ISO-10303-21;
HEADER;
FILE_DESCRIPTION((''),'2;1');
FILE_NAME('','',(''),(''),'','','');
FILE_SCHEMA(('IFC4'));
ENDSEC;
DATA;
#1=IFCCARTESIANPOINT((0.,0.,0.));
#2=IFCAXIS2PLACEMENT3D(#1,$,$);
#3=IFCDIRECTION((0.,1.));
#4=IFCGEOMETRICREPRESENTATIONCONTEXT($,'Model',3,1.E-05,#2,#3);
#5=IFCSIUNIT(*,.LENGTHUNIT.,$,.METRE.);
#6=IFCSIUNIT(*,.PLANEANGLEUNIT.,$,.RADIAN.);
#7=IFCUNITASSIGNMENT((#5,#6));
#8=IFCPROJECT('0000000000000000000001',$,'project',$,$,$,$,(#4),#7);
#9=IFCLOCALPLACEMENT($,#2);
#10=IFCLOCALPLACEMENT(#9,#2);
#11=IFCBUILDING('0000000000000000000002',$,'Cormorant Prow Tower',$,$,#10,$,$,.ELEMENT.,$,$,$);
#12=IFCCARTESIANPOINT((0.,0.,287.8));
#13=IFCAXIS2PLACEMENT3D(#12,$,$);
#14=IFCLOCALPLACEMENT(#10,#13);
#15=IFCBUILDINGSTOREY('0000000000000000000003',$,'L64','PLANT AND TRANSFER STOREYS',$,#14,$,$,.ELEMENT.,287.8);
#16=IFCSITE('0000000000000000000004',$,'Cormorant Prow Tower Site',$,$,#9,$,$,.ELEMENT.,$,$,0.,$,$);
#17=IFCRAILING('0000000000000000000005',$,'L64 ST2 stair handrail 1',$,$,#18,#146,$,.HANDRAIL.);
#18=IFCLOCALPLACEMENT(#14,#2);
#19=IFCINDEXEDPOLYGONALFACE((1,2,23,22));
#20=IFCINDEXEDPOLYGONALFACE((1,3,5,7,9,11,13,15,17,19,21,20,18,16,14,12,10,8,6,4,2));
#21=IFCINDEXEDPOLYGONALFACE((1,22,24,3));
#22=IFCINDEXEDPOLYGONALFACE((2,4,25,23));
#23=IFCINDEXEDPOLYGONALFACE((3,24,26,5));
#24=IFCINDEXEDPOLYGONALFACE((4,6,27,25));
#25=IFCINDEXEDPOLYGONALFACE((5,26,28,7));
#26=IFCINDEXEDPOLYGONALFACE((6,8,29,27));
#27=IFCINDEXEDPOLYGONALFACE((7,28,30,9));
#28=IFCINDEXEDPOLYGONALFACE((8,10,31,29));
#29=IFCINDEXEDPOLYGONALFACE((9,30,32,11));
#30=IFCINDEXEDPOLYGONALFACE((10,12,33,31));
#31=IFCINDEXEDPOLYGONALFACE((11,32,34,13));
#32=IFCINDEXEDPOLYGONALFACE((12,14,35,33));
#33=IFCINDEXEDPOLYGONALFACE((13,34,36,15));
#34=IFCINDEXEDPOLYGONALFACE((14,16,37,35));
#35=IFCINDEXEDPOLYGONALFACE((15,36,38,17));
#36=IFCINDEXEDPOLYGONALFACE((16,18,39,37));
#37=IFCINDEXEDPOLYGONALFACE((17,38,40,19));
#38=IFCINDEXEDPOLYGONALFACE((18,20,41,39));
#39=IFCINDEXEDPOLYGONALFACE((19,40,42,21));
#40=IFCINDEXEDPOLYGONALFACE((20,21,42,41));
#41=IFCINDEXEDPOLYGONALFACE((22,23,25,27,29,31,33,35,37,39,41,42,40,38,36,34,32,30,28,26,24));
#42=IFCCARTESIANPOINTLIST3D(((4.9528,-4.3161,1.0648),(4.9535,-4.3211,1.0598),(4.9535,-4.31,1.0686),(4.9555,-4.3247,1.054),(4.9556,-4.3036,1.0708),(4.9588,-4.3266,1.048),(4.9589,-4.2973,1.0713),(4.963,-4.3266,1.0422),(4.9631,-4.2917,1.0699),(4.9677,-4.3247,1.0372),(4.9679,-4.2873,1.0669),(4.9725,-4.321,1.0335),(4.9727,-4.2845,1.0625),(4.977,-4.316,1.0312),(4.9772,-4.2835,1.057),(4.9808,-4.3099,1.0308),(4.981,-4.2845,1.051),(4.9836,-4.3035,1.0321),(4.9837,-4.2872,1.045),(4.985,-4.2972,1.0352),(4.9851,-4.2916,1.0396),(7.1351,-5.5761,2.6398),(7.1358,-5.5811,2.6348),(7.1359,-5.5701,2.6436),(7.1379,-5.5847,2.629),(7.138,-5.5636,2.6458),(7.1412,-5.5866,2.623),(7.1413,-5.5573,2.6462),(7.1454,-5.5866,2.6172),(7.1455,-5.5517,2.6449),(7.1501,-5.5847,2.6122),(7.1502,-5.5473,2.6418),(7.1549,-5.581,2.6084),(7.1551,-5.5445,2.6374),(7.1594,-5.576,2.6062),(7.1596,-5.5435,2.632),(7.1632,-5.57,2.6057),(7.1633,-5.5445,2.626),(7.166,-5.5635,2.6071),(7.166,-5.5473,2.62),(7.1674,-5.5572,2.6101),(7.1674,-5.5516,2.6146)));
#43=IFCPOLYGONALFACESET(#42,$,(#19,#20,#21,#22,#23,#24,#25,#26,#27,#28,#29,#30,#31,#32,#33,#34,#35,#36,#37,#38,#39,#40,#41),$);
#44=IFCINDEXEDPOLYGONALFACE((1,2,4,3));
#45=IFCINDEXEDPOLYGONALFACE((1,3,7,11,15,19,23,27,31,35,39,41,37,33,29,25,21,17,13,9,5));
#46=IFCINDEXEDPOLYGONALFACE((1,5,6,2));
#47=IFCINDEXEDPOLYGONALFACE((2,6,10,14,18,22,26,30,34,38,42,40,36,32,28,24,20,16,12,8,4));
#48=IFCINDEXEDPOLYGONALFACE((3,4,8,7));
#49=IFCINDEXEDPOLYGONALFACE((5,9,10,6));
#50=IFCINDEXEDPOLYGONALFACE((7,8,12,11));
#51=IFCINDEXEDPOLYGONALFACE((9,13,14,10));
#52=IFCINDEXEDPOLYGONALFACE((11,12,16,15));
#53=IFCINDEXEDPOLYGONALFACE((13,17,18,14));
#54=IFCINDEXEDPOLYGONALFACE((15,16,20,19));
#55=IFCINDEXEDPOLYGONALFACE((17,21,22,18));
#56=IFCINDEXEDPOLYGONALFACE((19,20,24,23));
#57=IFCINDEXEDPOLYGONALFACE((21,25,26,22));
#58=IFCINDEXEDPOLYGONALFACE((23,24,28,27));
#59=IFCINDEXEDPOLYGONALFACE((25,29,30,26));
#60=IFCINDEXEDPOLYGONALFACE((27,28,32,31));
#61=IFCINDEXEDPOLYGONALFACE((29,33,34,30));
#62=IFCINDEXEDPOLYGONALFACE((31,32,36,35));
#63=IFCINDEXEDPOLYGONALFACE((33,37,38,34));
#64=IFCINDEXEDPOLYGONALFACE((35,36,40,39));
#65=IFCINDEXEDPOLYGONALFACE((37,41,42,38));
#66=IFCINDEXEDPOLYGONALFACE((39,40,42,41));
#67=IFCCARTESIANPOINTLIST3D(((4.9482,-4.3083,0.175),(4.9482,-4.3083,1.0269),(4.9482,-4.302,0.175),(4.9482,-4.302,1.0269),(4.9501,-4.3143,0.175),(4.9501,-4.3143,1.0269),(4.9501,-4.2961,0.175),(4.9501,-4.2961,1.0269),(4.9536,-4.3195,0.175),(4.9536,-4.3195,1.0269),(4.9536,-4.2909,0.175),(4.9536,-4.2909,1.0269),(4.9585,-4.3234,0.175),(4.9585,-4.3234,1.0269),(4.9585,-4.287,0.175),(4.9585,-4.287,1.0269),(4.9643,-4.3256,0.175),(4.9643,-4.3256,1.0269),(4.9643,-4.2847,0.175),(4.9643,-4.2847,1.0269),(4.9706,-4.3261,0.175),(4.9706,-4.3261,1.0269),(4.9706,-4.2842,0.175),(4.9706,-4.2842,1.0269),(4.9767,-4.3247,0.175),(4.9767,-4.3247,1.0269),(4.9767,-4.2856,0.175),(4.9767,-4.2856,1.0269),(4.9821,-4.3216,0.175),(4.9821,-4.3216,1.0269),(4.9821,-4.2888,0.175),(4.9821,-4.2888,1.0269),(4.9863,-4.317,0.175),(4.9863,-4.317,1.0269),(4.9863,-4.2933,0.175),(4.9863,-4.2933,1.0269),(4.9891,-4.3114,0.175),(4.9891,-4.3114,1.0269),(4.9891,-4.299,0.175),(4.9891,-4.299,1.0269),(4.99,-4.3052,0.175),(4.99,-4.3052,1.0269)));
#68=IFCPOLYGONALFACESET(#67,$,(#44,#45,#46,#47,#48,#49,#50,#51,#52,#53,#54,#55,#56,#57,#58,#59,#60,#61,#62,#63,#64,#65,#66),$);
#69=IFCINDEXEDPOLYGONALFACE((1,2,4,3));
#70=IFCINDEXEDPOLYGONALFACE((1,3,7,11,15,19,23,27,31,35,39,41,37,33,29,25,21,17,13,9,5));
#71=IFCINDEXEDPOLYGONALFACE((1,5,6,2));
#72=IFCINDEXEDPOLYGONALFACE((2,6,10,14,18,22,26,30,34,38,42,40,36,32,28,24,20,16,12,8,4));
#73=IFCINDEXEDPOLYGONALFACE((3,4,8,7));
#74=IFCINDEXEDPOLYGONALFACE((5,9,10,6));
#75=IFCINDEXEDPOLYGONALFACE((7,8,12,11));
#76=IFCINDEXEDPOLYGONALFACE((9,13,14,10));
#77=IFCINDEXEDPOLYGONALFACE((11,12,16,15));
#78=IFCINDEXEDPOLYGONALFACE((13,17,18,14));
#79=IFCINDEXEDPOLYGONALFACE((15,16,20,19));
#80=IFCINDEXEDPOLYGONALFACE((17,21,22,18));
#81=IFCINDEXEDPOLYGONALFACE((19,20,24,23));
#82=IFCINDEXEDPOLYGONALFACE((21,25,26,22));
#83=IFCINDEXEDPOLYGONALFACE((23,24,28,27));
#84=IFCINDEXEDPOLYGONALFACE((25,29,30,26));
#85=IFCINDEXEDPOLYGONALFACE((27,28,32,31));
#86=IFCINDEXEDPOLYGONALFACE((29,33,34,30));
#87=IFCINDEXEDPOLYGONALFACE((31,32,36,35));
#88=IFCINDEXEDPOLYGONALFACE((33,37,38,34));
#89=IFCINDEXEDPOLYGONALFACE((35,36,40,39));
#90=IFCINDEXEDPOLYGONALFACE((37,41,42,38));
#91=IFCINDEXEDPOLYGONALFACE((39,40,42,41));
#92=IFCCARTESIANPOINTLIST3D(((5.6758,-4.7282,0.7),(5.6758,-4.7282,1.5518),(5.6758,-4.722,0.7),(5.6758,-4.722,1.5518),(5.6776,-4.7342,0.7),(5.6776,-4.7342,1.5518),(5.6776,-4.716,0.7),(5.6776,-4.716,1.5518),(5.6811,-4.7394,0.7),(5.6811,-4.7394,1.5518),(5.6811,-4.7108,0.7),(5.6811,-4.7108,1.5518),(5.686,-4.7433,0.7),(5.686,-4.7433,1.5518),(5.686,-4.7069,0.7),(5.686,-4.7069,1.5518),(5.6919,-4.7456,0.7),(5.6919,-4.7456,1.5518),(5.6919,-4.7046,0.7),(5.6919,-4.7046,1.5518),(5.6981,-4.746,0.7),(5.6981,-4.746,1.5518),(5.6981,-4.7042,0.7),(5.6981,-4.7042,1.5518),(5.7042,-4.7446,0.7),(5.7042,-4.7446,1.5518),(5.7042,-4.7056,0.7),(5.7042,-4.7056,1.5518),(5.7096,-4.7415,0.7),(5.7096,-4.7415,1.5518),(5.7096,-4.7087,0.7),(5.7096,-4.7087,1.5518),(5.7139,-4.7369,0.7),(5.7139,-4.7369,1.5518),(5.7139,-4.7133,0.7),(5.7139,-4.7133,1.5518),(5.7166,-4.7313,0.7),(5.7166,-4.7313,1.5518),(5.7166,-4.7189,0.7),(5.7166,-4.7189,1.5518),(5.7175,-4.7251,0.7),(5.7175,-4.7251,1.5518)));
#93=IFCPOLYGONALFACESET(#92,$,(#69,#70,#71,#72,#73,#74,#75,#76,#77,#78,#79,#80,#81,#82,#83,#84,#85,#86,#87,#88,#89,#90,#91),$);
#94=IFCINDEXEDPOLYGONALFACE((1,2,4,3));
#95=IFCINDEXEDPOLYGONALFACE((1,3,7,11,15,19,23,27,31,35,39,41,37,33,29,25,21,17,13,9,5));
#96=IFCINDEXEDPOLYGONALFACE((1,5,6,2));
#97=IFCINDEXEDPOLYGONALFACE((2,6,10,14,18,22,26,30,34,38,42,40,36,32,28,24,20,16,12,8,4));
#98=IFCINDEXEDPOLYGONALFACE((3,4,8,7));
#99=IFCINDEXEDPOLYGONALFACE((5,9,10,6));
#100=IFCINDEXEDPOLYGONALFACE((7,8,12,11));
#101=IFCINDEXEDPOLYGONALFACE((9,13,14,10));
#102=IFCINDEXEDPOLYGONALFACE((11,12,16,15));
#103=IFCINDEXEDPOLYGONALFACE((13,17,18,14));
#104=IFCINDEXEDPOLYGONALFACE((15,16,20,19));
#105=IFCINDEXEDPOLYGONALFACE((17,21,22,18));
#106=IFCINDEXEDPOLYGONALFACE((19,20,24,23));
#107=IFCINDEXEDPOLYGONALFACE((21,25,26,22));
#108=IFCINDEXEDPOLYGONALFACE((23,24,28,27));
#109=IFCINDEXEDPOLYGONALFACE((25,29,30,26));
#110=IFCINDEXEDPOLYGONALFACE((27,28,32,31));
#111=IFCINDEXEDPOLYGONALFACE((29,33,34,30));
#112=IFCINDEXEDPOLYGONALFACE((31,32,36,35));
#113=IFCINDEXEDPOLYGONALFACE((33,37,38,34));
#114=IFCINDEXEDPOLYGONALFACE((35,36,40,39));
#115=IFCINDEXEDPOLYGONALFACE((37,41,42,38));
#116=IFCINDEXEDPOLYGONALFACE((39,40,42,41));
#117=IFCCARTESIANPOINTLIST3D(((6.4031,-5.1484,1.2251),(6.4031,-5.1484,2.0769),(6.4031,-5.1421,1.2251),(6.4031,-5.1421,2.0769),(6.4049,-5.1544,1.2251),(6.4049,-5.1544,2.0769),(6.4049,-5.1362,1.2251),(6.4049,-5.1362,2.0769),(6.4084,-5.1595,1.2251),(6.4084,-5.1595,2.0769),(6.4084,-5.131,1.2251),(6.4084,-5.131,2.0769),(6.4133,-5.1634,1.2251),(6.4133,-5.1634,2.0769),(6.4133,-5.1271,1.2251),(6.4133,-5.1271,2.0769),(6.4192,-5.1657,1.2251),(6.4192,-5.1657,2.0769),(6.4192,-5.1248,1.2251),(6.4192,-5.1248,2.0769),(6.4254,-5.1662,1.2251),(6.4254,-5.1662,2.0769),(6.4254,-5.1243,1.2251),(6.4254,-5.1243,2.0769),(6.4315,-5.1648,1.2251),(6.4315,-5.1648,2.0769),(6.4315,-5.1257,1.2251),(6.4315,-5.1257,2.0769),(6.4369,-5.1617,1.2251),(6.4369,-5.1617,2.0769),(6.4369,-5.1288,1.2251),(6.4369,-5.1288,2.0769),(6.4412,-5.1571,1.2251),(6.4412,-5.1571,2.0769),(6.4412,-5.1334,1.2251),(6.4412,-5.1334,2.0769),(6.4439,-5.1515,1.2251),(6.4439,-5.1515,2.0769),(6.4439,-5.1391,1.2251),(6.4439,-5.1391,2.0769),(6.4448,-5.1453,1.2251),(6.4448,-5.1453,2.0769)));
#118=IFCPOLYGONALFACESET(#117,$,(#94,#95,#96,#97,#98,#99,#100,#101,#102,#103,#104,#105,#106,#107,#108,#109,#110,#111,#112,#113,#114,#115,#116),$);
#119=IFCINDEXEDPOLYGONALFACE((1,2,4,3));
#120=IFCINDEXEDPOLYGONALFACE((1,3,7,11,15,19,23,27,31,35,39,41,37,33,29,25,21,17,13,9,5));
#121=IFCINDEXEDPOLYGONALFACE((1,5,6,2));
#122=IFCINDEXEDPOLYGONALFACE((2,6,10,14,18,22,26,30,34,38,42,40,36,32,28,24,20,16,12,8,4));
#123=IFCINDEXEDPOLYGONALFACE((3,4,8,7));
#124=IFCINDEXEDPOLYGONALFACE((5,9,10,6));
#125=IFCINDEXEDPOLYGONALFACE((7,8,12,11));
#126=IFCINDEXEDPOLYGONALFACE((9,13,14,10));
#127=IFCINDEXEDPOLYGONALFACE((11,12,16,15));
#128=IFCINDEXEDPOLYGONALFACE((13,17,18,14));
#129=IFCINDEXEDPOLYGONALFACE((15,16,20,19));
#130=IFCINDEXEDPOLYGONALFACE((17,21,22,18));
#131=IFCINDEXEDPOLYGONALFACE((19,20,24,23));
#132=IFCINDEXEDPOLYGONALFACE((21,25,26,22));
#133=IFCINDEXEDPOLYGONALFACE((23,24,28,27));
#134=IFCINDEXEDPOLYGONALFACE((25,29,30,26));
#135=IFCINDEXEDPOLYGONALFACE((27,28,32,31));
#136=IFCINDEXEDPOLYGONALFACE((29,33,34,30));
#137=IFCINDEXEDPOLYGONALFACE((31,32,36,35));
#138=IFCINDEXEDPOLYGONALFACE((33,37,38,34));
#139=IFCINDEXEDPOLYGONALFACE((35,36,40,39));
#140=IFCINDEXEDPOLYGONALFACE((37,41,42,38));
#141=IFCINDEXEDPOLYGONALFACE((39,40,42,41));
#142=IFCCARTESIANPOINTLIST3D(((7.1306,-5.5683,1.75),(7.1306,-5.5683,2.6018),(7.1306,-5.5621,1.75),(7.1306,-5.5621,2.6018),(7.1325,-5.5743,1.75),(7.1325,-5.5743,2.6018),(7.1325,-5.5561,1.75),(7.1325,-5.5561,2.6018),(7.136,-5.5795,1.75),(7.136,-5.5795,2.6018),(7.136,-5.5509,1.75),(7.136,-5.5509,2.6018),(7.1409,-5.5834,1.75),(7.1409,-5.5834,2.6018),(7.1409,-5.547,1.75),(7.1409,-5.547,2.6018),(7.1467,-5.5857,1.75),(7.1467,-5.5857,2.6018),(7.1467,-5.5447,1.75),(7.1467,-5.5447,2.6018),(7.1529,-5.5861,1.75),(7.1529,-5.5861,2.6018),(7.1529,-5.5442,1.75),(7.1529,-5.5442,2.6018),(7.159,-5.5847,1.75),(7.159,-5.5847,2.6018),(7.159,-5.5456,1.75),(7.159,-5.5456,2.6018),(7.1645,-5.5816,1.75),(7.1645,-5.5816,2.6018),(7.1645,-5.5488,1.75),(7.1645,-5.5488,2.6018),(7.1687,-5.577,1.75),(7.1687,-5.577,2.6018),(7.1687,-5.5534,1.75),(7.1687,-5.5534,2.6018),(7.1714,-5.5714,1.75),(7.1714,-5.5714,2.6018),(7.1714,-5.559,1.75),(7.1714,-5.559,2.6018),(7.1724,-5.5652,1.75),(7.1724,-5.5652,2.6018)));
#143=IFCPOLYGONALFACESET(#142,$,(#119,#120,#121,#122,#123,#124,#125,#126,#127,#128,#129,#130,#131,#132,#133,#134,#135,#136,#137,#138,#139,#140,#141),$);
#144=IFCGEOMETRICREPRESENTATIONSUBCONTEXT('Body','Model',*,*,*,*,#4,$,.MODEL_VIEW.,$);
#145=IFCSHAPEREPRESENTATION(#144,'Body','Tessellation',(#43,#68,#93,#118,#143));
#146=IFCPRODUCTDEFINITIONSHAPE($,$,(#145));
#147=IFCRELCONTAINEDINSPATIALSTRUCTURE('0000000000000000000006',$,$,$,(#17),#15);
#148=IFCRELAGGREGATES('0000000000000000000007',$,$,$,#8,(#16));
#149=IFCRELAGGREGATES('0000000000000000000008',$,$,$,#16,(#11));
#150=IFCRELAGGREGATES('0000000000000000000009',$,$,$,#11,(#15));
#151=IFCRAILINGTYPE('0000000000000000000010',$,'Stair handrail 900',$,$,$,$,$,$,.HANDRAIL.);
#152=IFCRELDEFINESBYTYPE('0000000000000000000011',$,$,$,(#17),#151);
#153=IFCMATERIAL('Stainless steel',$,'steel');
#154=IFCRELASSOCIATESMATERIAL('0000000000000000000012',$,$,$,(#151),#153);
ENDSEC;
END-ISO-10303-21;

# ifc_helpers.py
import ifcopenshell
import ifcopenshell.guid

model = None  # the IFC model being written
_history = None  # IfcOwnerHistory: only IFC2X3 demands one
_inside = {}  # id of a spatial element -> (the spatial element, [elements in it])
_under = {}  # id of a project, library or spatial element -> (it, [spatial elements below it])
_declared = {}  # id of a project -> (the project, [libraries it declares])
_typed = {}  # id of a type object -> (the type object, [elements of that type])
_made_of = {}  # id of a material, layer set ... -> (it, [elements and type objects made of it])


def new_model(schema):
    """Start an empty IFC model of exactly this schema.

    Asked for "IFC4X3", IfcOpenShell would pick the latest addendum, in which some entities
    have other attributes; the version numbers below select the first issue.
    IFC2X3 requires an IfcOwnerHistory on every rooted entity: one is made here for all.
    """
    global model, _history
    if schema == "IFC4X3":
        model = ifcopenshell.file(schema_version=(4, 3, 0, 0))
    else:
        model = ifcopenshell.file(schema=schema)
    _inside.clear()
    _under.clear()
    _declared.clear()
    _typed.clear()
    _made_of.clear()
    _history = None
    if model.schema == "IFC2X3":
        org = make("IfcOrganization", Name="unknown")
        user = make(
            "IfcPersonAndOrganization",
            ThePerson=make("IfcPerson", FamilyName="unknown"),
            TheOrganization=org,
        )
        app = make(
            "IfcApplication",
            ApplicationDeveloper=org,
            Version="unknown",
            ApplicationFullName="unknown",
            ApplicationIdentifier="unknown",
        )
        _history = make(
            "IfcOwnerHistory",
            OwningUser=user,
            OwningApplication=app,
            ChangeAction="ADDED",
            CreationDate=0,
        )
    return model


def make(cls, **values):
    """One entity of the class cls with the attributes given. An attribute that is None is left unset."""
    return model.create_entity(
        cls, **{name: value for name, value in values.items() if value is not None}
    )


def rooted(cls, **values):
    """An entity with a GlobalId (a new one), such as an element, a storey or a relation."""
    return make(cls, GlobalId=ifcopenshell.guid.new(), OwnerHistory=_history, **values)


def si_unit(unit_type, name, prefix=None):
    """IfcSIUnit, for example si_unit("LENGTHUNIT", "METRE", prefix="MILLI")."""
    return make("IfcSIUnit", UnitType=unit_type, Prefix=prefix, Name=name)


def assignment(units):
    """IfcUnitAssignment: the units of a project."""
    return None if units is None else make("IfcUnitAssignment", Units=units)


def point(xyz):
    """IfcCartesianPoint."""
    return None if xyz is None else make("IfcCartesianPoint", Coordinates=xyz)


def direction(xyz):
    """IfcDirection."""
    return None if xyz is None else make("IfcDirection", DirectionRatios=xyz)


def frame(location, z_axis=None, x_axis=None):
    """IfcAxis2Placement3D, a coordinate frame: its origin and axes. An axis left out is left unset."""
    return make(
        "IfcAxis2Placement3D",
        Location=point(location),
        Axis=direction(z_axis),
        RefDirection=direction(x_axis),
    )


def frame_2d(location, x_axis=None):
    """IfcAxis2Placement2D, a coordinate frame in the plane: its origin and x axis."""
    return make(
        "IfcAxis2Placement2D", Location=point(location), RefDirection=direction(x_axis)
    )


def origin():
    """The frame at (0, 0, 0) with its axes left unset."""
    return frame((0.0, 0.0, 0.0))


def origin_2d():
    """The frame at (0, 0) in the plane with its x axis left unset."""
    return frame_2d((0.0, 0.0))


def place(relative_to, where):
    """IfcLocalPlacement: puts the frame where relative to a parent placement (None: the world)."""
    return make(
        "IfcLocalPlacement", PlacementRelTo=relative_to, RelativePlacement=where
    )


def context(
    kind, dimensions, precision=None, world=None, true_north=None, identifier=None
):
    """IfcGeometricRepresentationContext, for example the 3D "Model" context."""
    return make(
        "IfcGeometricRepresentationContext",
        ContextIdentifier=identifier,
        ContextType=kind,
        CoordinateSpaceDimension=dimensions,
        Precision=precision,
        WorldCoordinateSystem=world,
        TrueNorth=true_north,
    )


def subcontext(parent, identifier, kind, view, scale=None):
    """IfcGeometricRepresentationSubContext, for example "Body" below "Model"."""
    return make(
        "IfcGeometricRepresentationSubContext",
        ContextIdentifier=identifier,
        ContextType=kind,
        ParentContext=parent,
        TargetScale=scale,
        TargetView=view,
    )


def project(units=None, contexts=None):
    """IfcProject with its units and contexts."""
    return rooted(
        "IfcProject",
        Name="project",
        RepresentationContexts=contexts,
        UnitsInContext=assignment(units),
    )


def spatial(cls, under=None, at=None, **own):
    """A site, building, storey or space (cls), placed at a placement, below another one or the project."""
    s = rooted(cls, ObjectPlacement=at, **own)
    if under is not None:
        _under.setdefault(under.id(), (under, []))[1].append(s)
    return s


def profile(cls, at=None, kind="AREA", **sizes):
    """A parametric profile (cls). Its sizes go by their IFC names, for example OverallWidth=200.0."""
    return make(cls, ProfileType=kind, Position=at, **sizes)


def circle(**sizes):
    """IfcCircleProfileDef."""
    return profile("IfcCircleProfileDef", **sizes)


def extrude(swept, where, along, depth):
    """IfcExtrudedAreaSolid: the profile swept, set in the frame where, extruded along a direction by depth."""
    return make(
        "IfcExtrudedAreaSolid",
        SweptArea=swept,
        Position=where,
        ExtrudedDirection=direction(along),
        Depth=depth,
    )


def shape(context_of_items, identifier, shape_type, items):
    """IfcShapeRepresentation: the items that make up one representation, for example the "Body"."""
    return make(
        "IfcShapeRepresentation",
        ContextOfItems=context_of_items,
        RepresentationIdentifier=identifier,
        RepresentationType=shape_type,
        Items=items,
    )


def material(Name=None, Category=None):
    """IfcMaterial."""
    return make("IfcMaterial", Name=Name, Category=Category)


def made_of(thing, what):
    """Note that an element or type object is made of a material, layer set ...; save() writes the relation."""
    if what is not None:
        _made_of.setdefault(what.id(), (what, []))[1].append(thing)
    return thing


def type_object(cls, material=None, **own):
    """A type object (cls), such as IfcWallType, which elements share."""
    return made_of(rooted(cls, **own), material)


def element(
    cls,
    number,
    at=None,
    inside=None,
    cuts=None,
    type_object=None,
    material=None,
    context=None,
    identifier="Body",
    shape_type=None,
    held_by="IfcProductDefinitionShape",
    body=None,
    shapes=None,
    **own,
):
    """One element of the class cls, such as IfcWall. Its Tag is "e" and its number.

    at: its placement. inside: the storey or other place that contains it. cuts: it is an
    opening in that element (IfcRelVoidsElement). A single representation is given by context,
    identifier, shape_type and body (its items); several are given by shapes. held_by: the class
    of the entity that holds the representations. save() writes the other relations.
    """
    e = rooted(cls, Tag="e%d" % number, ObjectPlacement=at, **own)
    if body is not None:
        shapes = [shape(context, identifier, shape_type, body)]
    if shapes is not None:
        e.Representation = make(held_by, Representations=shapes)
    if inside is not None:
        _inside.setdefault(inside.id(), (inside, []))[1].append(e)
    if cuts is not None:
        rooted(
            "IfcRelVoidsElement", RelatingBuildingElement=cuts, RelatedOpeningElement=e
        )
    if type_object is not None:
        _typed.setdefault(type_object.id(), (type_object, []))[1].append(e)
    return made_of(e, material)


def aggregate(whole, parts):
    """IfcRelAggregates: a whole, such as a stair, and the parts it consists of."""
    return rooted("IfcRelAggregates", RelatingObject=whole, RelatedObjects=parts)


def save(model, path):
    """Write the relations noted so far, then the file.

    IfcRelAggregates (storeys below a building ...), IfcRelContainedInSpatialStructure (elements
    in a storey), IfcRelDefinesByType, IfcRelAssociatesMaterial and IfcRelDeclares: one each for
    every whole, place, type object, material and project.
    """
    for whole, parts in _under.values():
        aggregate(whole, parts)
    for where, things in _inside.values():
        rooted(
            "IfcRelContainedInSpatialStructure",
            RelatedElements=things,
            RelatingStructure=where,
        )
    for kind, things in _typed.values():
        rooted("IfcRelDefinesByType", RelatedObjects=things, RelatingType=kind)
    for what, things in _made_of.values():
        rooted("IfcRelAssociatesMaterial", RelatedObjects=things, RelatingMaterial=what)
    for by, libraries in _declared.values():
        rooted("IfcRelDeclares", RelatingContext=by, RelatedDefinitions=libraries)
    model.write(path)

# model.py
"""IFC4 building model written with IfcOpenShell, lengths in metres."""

from ifc_helpers import new_model, si_unit, direction, frame, origin, origin_2d, place, context, subcontext, project, spatial, circle, extrude, material, type_object, element, save


model = new_model("IFC4")

# Units and contexts
model_context = context("Model", 3, precision=1e-05, world=origin(), true_north=direction((0.0, 1.0)))
body_context = subcontext(model_context, "Body", "Model", "MODEL_VIEW")
ifc_project = project(units=[si_unit("LENGTHUNIT", "METRE"), si_unit("PLANEANGLEUNIT", "RADIAN")], contexts=[model_context])

# Site, building, storey
site_placement = place(None, origin())
site = spatial("IfcSite", under=ifc_project, at=site_placement, Name="Cormorant Prow Tower Site", CompositionType="ELEMENT", RefElevation=0.0)
building_placement = place(site_placement, origin())
building = spatial("IfcBuilding", under=site, at=building_placement, Name="Cormorant Prow Tower", CompositionType="ELEMENT")
storey_placement = place(building_placement, frame((0.0, 0.0, 287.8)))
storey = spatial("IfcBuildingStorey", under=building, at=storey_placement, Name="L64", Description="PLANT AND TRANSFER STOREYS", CompositionType="ELEMENT", Elevation=287.8)

# Railing
ifc_material_1 = material(Name="Stainless steel", Category="steel")
railing_type_1 = type_object("IfcRailingType", Name="Stair handrail 900", PredefinedType="HANDRAIL", material=ifc_material_1)
for number, where, name in (
    (1, (4.969, -4.3052, 0.175), "L64 ST2 stair handrail 1"),
):
    element("IfcRailing", number, at=place(storey_placement, frame(where)), inside=storey, type_object=railing_type_1, Name=name, PredefinedType="HANDRAIL", context=body_context, shape_type="SweptSolid", body=[
        extrude(circle(Radius=0.0239, at=origin_2d()), frame((0.0, 0.0, 0.876), z_axis=(0.734392, -0.424007, 0.529988), x_axis=(0.500005, 0.866023, 0.0)), (0.0, 0.0, 1.0), 2.9717),
        extrude(circle(Radius=0.021, at=origin_2d()), origin(), (0.0, 0.0, 1.0), 0.8518),
        extrude(circle(Radius=0.021, at=origin_2d()), frame((0.7275, -0.4199, 0.5249)), (0.0, 0.0, 1.0), 0.8518),
        extrude(circle(Radius=0.021, at=origin_2d()), frame((1.4548, -0.8401, 1.05)), (0.0, 0.0, 1.0), 0.8518),
        extrude(circle(Radius=0.021, at=origin_2d()), frame((2.1824, -1.26, 1.575)), (0.0, 0.0, 1.0), 0.8518),
    ])

save(model, "model.ifc")
